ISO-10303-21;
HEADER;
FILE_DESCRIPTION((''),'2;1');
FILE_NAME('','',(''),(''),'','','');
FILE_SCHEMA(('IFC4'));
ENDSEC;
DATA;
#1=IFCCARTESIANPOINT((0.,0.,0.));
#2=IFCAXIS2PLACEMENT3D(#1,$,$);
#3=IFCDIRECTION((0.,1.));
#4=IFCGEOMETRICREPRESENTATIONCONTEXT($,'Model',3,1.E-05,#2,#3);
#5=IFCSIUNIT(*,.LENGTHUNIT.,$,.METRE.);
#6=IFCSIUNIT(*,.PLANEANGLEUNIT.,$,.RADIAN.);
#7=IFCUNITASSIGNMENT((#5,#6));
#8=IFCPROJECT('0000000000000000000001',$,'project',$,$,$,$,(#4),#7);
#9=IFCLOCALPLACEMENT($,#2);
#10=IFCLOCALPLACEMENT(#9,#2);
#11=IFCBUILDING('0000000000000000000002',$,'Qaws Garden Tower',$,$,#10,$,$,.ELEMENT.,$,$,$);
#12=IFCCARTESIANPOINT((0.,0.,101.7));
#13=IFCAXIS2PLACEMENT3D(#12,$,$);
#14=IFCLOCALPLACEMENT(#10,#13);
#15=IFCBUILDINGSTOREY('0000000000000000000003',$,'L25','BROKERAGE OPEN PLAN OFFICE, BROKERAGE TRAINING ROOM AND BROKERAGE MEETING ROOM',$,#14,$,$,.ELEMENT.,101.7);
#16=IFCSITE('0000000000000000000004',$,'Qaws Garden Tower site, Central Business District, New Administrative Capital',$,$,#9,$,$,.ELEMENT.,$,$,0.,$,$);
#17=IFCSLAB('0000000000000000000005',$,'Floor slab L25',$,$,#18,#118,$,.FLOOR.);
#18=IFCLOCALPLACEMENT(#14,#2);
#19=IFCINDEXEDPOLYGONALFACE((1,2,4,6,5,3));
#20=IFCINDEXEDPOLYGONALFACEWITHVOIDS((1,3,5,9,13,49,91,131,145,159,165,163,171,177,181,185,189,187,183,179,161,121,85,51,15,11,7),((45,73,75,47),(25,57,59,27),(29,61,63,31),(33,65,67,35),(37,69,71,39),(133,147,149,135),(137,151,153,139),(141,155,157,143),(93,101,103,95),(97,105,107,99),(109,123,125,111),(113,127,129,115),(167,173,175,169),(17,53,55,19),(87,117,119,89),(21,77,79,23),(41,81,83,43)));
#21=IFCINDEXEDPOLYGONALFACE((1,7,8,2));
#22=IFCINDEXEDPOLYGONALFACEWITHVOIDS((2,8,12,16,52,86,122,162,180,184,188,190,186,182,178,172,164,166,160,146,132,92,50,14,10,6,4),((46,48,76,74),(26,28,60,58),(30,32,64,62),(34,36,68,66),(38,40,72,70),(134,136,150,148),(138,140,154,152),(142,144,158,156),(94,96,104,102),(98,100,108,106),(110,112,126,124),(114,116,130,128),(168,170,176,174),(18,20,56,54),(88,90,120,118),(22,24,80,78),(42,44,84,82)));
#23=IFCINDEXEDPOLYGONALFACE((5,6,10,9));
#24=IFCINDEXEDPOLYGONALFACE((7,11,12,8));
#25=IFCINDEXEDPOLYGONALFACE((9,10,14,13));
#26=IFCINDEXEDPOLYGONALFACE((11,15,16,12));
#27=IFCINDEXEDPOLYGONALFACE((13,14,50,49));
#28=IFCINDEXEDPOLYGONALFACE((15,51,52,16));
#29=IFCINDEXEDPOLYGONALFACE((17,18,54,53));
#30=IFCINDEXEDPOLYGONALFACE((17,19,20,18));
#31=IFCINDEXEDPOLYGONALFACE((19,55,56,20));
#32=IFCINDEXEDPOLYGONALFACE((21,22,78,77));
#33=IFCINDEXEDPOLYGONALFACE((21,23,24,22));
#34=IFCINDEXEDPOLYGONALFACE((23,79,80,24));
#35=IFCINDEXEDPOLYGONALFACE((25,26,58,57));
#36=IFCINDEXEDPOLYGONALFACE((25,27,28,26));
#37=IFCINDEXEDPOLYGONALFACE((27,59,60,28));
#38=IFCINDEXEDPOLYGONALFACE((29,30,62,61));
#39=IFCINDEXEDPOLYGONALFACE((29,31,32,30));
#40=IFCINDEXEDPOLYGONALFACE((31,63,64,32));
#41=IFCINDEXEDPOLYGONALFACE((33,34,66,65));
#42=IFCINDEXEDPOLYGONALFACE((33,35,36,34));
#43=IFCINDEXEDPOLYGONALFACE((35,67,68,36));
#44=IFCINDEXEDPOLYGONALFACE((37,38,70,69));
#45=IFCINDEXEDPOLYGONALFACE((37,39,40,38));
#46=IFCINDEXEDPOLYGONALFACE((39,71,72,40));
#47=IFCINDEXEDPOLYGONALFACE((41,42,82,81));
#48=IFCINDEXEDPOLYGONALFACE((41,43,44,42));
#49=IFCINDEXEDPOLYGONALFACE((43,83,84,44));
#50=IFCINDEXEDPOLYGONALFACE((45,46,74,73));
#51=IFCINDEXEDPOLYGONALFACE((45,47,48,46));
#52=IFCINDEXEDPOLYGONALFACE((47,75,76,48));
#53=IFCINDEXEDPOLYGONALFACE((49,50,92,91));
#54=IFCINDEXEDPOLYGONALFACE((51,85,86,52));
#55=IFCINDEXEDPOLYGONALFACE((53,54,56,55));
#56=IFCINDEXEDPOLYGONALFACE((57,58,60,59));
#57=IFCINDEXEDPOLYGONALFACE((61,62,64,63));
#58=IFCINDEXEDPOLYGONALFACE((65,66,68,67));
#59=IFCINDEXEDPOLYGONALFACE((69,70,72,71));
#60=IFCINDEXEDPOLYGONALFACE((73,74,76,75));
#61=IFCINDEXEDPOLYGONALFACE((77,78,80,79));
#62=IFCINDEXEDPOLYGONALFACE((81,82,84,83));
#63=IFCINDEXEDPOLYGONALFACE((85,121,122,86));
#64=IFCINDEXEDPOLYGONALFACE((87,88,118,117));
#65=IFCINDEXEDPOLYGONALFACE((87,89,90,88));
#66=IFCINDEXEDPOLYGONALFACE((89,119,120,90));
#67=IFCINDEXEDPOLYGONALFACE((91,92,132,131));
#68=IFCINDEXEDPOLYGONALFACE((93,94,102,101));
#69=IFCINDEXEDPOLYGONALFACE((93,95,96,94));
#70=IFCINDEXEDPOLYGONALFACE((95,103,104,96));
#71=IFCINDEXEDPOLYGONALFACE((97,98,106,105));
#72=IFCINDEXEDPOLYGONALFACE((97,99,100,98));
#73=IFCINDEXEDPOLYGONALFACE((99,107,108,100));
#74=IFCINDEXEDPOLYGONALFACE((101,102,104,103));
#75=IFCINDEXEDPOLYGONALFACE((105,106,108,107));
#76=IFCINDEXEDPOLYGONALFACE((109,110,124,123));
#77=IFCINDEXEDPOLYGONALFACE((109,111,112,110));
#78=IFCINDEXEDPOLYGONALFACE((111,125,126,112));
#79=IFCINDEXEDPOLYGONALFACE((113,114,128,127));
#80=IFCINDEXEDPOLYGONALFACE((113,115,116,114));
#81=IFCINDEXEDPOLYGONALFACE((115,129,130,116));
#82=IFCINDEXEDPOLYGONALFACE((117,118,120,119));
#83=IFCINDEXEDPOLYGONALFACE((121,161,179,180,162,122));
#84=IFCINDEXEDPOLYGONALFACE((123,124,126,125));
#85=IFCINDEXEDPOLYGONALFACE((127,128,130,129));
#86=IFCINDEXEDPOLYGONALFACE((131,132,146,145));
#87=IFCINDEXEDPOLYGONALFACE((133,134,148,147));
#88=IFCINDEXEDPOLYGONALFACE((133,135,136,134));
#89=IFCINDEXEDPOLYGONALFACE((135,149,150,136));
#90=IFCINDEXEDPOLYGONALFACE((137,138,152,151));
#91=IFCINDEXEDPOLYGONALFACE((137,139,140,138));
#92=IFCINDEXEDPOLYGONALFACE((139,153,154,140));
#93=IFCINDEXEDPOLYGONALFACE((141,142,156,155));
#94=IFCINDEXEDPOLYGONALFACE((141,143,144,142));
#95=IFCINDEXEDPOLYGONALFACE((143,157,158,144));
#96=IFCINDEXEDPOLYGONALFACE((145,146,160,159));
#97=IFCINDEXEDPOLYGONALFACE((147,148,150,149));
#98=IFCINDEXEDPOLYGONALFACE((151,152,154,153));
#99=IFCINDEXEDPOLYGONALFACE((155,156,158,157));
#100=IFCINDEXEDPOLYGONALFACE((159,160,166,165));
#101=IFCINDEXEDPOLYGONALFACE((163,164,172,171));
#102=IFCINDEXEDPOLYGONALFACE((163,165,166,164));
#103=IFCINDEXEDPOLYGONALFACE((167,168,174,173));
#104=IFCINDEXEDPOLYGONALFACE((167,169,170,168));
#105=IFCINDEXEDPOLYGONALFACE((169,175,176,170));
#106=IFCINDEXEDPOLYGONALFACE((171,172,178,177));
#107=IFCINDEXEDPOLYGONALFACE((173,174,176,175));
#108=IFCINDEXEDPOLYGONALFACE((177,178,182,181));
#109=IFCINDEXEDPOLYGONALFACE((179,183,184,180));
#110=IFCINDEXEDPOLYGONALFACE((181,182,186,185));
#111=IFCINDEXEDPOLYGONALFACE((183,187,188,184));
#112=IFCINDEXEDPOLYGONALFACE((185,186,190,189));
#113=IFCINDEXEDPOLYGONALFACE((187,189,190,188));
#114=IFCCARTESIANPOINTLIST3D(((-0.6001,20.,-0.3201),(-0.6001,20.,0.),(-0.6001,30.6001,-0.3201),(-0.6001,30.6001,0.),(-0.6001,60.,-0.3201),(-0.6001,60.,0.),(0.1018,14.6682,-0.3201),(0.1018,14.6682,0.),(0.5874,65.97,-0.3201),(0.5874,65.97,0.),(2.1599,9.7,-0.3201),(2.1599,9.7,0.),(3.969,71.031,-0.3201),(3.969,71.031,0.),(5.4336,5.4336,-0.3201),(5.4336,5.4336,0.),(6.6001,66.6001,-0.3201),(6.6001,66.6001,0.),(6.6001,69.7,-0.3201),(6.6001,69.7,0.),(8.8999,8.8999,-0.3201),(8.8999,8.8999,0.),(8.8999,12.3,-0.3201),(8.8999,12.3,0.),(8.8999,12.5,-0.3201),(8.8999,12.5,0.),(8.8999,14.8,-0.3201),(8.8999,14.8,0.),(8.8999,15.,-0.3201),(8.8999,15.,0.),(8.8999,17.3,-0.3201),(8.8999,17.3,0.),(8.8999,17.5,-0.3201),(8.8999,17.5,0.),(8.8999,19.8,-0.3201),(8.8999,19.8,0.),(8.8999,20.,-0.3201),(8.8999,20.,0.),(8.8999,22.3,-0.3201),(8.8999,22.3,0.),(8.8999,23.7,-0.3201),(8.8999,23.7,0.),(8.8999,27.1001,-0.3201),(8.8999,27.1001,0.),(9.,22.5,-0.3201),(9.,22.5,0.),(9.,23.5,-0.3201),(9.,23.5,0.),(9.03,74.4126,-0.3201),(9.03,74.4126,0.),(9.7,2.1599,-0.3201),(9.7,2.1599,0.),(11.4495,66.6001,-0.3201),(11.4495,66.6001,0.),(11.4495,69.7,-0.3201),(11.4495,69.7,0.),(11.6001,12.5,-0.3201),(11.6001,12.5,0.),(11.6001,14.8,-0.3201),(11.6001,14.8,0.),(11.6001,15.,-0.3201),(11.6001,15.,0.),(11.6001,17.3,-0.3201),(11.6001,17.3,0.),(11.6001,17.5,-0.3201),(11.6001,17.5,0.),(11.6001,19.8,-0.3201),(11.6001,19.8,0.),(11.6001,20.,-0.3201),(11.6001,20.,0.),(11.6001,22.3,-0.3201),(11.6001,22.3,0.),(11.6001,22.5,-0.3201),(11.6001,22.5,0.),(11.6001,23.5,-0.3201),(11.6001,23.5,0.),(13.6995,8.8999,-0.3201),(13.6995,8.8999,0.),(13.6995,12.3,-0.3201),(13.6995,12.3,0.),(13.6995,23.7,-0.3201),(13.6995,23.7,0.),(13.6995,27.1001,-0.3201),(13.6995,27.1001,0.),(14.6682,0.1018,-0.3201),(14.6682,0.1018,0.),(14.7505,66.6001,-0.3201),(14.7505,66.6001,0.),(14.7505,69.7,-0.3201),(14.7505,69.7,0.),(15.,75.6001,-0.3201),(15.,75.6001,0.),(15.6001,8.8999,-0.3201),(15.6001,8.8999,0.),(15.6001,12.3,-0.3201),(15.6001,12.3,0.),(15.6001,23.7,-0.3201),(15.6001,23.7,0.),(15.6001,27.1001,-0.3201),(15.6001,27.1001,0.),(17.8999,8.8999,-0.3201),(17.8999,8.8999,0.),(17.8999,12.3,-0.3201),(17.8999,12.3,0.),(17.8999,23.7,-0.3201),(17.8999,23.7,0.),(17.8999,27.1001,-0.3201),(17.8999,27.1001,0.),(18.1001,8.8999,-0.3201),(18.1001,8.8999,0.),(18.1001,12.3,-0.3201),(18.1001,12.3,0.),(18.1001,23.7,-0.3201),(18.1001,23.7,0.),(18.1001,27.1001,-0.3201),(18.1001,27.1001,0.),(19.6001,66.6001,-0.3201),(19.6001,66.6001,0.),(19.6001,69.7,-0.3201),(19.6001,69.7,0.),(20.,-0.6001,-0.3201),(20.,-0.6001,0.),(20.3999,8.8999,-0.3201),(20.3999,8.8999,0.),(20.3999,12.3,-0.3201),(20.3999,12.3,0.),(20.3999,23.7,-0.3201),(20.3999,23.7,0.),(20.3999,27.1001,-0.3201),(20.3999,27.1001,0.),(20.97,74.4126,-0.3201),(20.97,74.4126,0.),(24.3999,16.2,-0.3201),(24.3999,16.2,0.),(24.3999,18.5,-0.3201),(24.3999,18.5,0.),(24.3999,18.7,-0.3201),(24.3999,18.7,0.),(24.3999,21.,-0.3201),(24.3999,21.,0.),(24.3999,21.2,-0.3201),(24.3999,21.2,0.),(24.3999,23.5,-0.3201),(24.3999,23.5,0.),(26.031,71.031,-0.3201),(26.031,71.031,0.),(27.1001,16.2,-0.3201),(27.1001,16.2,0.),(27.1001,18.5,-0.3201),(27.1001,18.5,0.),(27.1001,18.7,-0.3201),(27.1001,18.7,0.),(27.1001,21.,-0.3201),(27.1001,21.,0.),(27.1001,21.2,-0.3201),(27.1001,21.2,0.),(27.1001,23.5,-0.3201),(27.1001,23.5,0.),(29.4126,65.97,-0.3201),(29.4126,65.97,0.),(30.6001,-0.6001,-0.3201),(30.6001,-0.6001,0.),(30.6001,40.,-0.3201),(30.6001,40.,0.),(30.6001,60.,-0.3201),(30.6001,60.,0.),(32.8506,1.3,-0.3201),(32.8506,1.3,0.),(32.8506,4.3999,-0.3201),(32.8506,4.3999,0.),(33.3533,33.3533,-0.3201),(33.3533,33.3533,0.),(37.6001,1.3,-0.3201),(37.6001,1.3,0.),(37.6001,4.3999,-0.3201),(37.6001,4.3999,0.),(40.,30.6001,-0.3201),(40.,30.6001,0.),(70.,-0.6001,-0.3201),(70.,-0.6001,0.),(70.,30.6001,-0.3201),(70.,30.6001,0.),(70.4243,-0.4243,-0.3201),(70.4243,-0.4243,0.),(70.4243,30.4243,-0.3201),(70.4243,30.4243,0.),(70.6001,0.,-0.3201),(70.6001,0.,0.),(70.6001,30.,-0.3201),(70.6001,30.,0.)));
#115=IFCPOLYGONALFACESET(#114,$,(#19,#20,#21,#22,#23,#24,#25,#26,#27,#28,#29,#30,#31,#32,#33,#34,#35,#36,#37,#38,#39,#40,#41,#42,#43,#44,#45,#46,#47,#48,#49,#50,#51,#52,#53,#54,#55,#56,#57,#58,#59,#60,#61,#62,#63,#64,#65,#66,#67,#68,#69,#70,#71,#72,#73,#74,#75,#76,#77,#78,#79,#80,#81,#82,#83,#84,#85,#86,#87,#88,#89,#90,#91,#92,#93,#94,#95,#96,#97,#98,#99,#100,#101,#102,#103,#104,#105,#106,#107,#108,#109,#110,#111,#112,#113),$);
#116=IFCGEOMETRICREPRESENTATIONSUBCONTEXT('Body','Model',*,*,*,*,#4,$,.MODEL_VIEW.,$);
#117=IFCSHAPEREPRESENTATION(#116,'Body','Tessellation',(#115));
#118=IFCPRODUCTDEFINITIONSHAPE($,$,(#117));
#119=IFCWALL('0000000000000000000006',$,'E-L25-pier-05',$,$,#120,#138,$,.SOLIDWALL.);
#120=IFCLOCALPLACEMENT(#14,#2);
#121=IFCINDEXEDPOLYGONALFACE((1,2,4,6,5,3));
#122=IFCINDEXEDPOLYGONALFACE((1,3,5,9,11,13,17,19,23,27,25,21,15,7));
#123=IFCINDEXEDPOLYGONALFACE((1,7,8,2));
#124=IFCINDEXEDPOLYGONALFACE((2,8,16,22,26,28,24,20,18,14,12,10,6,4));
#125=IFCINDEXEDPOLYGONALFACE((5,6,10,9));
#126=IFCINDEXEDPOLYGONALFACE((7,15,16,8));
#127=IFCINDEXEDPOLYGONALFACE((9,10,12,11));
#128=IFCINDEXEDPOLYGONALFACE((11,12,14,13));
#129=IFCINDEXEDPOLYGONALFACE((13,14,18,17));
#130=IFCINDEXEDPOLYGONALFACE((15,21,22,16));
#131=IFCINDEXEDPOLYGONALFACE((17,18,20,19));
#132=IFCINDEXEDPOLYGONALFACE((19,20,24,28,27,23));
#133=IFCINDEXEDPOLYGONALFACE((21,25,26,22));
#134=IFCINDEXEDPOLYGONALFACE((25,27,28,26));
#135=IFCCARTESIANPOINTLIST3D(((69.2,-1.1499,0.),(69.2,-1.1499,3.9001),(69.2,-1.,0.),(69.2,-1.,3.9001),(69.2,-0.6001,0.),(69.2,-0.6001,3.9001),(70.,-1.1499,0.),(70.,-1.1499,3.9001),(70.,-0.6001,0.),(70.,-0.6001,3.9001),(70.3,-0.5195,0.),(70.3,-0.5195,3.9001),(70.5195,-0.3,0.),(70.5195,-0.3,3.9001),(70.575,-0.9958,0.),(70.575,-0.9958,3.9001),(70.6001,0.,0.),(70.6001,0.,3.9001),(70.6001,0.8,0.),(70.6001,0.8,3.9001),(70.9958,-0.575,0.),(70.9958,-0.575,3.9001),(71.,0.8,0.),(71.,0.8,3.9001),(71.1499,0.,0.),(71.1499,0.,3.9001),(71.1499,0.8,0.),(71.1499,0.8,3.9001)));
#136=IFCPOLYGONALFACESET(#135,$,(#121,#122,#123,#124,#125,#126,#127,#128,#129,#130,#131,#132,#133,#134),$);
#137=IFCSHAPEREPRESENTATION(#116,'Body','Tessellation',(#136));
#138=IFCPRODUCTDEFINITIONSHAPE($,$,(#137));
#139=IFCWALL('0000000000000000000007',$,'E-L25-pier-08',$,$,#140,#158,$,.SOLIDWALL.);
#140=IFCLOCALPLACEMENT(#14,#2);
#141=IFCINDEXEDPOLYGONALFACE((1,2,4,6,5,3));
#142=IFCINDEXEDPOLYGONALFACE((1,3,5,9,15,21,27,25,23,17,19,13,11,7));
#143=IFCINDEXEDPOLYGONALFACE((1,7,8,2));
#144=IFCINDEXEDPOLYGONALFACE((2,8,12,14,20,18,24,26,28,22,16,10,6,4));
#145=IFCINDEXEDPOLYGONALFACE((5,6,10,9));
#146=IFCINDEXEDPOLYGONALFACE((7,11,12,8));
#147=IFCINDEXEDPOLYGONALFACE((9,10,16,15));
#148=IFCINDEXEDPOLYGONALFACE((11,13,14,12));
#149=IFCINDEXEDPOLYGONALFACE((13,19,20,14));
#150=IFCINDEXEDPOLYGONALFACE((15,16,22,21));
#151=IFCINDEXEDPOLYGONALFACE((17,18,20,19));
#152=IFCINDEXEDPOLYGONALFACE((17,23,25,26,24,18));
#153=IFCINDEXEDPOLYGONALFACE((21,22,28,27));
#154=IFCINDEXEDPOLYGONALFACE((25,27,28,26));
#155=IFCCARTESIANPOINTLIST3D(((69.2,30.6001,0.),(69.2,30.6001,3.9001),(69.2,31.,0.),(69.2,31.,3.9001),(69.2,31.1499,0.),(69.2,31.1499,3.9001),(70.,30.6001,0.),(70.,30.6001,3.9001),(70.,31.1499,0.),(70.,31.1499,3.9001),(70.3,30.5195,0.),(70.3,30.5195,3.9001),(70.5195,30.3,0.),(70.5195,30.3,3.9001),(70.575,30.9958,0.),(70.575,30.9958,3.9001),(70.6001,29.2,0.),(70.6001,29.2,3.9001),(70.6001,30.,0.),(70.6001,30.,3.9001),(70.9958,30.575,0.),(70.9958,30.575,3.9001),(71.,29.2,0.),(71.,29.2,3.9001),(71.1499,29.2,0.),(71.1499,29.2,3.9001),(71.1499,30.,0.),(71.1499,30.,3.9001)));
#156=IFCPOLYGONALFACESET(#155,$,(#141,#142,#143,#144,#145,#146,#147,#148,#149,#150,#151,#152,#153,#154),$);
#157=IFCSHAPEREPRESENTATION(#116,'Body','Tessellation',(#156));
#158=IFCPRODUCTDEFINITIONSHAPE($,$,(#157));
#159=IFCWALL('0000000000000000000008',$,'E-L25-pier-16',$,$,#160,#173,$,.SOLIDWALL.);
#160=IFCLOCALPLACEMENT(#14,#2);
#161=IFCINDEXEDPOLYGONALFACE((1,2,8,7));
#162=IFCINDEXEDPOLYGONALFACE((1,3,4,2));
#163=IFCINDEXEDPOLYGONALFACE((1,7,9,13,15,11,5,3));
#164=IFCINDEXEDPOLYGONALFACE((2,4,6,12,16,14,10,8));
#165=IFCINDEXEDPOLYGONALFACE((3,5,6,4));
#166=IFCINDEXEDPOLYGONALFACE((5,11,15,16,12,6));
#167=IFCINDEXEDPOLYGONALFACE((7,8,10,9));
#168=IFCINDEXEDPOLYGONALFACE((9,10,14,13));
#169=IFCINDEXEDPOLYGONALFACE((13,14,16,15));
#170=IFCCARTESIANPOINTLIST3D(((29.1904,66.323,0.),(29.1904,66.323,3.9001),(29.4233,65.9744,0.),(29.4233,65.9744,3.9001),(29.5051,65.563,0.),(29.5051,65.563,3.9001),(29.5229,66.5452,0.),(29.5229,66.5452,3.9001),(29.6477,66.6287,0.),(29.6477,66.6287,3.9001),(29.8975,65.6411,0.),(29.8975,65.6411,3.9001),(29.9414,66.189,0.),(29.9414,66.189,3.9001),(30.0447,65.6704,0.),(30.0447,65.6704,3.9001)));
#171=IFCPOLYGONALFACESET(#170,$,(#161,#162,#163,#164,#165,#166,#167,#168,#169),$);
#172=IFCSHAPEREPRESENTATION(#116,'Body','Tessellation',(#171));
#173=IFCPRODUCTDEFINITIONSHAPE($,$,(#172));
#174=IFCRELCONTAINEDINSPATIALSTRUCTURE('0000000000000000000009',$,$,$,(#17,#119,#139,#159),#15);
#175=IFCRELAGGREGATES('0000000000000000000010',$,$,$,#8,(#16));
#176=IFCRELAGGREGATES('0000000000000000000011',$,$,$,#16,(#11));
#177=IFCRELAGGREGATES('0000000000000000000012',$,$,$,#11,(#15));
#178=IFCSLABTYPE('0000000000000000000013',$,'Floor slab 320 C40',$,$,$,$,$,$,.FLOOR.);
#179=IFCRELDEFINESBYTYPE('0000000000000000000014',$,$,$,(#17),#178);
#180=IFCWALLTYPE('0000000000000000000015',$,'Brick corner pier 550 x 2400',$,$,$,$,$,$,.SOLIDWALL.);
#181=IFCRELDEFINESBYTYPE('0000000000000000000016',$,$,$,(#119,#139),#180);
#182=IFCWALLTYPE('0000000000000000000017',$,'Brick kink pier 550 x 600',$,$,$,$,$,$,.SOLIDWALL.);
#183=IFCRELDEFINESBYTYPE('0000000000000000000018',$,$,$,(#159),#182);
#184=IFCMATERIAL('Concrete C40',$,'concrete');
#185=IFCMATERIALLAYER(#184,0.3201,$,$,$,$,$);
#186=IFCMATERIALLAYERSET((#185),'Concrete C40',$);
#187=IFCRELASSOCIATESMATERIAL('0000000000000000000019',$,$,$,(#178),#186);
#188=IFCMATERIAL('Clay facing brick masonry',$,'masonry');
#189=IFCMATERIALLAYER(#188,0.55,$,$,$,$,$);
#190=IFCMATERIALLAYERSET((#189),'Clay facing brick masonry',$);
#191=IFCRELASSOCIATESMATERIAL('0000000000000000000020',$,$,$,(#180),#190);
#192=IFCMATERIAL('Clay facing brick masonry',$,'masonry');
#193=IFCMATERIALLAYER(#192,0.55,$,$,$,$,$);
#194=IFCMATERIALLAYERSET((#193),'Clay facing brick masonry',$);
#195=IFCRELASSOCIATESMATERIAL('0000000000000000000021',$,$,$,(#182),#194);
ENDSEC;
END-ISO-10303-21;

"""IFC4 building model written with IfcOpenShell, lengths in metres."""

from ifc_helpers import new_model, si_unit, direction, frame, origin, place, context, subcontext, project, spatial, polyline, outline, extrude, material, layer, layer_set, type_object, element, save


model = new_model("IFC4")

# Units and contexts
model_context = context("Model", 3, precision=1e-05, world=origin(), true_north=direction((0.0, 1.0)))
body_context = subcontext(model_context, "Body", "Model", "MODEL_VIEW")
ifc_project = project(units=[si_unit("LENGTHUNIT", "METRE"), si_unit("PLANEANGLEUNIT", "RADIAN")], contexts=[model_context])

# Site, building, storey
site_placement = place(None, origin())
site = spatial("IfcSite", under=ifc_project, at=site_placement, Name="Qaws Garden Tower site, Central Business District, New Administrative Capital", CompositionType="ELEMENT", RefElevation=0.0)
building_placement = place(site_placement, origin())
building = spatial("IfcBuilding", under=site, at=building_placement, Name="Qaws Garden Tower", CompositionType="ELEMENT")
storey_placement = place(building_placement, frame((0.0, 0.0, 101.7)))
storey = spatial("IfcBuildingStorey", under=building, at=storey_placement, Name="L25", Description="BROKERAGE OPEN PLAN OFFICE, BROKERAGE TRAINING ROOM AND BROKERAGE MEETING ROOM", CompositionType="ELEMENT", Elevation=101.7)

# Slab
ifc_material_1 = material(Name="Concrete C40", Category="concrete")
ifc_layer_1 = layer(ifc_material_1, 0.3201)
ifc_layer_set_1 = layer_set([ifc_layer_1], Name="Concrete C40")
slab_type = type_object("IfcSlabType", Name="Floor slab 320 C40", PredefinedType="FLOOR", material=ifc_layer_set_1)
slab_placement = place(storey_placement, frame((0.0, 0.0, -0.3201)))
element("IfcSlab", 1, at=slab_placement, inside=storey, type_object=slab_type, Name="Floor slab L25", PredefinedType="FLOOR", context=body_context, shape_type="SweptSolid", body=[
    extrude(outline(polyline([(0.1018, 14.6682), (-0.6001, 20.0), (-0.6001, 30.6001), (-0.6001, 60.0), (-0.6001, 60.0), (0.5874, 65.97), (3.969, 71.031), (9.03, 74.4126), (15.0, 75.6001), (20.97, 74.4126), (26.031, 71.031), (29.4126, 65.97), (30.6001, 60.0), (30.6001, 40.0), (33.3533, 33.3533), (40.0, 30.6001), (70.0, 30.6001), (70.4243, 30.4243), (70.6001, 30.0), (70.6001, 0.0), (70.4243, -0.4243), (70.0, -0.6001), (30.6001, -0.6001), (20.0, -0.6001), (14.6682, 0.1018), (9.7, 2.1599), (5.4336, 5.4336), (2.1599, 9.7), (0.1018, 14.6682)]), holes=[polyline([(13.6995, 12.3), (8.8999, 12.3), (8.8999, 8.8999), (13.6995, 8.8999), (13.6995, 12.3)]), polyline([(17.8999, 12.3), (15.6001, 12.3), (15.6001, 8.8999), (17.8999, 8.8999), (17.8999, 12.3)]), polyline([(11.6001, 14.8), (8.8999, 14.8), (8.8999, 12.5), (11.6001, 12.5), (11.6001, 14.8)]), polyline([(11.6001, 17.3), (8.8999, 17.3), (8.8999, 15.0), (11.6001, 15.0), (11.6001, 17.3)]), polyline([(11.6001, 19.8), (8.8999, 19.8), (8.8999, 17.5), (11.6001, 17.5), (11.6001, 19.8)]), polyline([(11.6001, 22.3), (8.8999, 22.3), (8.8999, 20.0), (11.6001, 20.0), (11.6001, 22.3)]), polyline([(11.6001, 23.5), (9.0, 23.5), (9.0, 22.5), (11.6001, 22.5), (11.6001, 23.5)]), polyline([(13.6995, 27.1001), (8.8999, 27.1001), (8.8999, 23.7), (13.6995, 23.7), (13.6995, 27.1001)]), polyline([(11.4495, 69.7), (6.6001, 69.7), (6.6001, 66.6001), (11.4495, 66.6001), (11.4495, 69.7)]), polyline([(37.6001, 4.3999), (32.8506, 4.3999), (32.8506, 1.3), (37.6001, 1.3), (37.6001, 4.3999)]), polyline([(20.3999, 12.3), (18.1001, 12.3), (18.1001, 8.8999), (20.3999, 8.8999), (20.3999, 12.3)]), polyline([(27.1001, 18.5), (24.3999, 18.5), (24.3999, 16.2), (27.1001, 16.2), (27.1001, 18.5)]), polyline([(27.1001, 21.0), (24.3999, 21.0), (24.3999, 18.7), (27.1001, 18.7), (27.1001, 21.0)]), polyline([(27.1001, 23.5), (24.3999, 23.5), (24.3999, 21.2), (27.1001, 21.2), (27.1001, 23.5)]), polyline([(17.8999, 27.1001), (15.6001, 27.1001), (15.6001, 23.7), (17.8999, 23.7), (17.8999, 27.1001)]), polyline([(20.3999, 23.7), (20.3999, 27.1001), (18.1001, 27.1001), (18.1001, 23.7), (20.3999, 23.7)]), polyline([(19.6001, 66.6001), (19.6001, 69.7), (14.7505, 69.7), (14.7505, 66.6001), (19.6001, 66.6001)])]), origin(), (0.0, 0.0, 1.0), 0.3201),
])

# Walls
ifc_material_2 = material(Name="Clay facing brick masonry", Category="masonry")
ifc_layer_2 = layer(ifc_material_2, 0.55)
ifc_layer_set_2 = layer_set([ifc_layer_2], Name="Clay facing brick masonry")
wall_type_1 = type_object("IfcWallType", Name="Brick corner pier 550 x 2400", PredefinedType="SOLIDWALL", material=ifc_layer_set_2)
placement = place(storey_placement, origin())
element("IfcWall", 2, at=placement, inside=storey, type_object=wall_type_1, Name="E-L25-pier-05", PredefinedType="SOLIDWALL", context=body_context, shape_type="SweptSolid", body=[
    extrude(outline(polyline([(69.2, -1.0), (69.2, -1.1499), (70.0, -1.1499), (70.575, -0.9958), (70.9958, -0.575), (71.1499, 0.0), (71.1499, 0.8), (71.0, 0.8), (70.6001, 0.8), (70.6001, 0.0), (70.5195, -0.3), (70.3, -0.5195), (70.0, -0.6001), (69.2, -0.6001), (69.2, -1.0)])), origin(), (0.0, 0.0, 1.0), 3.9001),
])
element("IfcWall", 3, at=placement, inside=storey, type_object=wall_type_1, Name="E-L25-pier-08", PredefinedType="SOLIDWALL", context=body_context, shape_type="SweptSolid", body=[
    extrude(outline(polyline([(71.0, 29.2), (71.1499, 29.2), (71.1499, 30.0), (70.9958, 30.575), (70.575, 30.9958), (70.0, 31.1499), (69.2, 31.1499), (69.2, 31.0), (69.2, 30.6001), (70.0, 30.6001), (70.3, 30.5195), (70.5195, 30.3), (70.6001, 30.0), (70.6001, 29.2), (71.0, 29.2)])), origin(), (0.0, 0.0, 1.0), 3.9001),
])
ifc_material_3 = material(Name="Clay facing brick masonry", Category="masonry")
ifc_layer_3 = layer(ifc_material_3, 0.55)
ifc_layer_set_3 = layer_set([ifc_layer_3], Name="Clay facing brick masonry")
wall_type_2 = type_object("IfcWallType", Name="Brick kink pier 550 x 600", PredefinedType="SOLIDWALL", material=ifc_layer_set_3)
element("IfcWall", 4, at=placement, inside=storey, type_object=wall_type_2, Name="E-L25-pier-16", PredefinedType="SOLIDWALL", context=body_context, shape_type="SweptSolid", body=[
    extrude(outline(polyline([(29.8975, 65.6411), (30.0447, 65.6704), (29.9414, 66.189), (29.6477, 66.6287), (29.5229, 66.5452), (29.1904, 66.323), (29.4233, 65.9744), (29.5051, 65.563), (29.8975, 65.6411)])), origin(), (0.0, 0.0, 1.0), 3.9001),
])

save(model, "model.ifc")
